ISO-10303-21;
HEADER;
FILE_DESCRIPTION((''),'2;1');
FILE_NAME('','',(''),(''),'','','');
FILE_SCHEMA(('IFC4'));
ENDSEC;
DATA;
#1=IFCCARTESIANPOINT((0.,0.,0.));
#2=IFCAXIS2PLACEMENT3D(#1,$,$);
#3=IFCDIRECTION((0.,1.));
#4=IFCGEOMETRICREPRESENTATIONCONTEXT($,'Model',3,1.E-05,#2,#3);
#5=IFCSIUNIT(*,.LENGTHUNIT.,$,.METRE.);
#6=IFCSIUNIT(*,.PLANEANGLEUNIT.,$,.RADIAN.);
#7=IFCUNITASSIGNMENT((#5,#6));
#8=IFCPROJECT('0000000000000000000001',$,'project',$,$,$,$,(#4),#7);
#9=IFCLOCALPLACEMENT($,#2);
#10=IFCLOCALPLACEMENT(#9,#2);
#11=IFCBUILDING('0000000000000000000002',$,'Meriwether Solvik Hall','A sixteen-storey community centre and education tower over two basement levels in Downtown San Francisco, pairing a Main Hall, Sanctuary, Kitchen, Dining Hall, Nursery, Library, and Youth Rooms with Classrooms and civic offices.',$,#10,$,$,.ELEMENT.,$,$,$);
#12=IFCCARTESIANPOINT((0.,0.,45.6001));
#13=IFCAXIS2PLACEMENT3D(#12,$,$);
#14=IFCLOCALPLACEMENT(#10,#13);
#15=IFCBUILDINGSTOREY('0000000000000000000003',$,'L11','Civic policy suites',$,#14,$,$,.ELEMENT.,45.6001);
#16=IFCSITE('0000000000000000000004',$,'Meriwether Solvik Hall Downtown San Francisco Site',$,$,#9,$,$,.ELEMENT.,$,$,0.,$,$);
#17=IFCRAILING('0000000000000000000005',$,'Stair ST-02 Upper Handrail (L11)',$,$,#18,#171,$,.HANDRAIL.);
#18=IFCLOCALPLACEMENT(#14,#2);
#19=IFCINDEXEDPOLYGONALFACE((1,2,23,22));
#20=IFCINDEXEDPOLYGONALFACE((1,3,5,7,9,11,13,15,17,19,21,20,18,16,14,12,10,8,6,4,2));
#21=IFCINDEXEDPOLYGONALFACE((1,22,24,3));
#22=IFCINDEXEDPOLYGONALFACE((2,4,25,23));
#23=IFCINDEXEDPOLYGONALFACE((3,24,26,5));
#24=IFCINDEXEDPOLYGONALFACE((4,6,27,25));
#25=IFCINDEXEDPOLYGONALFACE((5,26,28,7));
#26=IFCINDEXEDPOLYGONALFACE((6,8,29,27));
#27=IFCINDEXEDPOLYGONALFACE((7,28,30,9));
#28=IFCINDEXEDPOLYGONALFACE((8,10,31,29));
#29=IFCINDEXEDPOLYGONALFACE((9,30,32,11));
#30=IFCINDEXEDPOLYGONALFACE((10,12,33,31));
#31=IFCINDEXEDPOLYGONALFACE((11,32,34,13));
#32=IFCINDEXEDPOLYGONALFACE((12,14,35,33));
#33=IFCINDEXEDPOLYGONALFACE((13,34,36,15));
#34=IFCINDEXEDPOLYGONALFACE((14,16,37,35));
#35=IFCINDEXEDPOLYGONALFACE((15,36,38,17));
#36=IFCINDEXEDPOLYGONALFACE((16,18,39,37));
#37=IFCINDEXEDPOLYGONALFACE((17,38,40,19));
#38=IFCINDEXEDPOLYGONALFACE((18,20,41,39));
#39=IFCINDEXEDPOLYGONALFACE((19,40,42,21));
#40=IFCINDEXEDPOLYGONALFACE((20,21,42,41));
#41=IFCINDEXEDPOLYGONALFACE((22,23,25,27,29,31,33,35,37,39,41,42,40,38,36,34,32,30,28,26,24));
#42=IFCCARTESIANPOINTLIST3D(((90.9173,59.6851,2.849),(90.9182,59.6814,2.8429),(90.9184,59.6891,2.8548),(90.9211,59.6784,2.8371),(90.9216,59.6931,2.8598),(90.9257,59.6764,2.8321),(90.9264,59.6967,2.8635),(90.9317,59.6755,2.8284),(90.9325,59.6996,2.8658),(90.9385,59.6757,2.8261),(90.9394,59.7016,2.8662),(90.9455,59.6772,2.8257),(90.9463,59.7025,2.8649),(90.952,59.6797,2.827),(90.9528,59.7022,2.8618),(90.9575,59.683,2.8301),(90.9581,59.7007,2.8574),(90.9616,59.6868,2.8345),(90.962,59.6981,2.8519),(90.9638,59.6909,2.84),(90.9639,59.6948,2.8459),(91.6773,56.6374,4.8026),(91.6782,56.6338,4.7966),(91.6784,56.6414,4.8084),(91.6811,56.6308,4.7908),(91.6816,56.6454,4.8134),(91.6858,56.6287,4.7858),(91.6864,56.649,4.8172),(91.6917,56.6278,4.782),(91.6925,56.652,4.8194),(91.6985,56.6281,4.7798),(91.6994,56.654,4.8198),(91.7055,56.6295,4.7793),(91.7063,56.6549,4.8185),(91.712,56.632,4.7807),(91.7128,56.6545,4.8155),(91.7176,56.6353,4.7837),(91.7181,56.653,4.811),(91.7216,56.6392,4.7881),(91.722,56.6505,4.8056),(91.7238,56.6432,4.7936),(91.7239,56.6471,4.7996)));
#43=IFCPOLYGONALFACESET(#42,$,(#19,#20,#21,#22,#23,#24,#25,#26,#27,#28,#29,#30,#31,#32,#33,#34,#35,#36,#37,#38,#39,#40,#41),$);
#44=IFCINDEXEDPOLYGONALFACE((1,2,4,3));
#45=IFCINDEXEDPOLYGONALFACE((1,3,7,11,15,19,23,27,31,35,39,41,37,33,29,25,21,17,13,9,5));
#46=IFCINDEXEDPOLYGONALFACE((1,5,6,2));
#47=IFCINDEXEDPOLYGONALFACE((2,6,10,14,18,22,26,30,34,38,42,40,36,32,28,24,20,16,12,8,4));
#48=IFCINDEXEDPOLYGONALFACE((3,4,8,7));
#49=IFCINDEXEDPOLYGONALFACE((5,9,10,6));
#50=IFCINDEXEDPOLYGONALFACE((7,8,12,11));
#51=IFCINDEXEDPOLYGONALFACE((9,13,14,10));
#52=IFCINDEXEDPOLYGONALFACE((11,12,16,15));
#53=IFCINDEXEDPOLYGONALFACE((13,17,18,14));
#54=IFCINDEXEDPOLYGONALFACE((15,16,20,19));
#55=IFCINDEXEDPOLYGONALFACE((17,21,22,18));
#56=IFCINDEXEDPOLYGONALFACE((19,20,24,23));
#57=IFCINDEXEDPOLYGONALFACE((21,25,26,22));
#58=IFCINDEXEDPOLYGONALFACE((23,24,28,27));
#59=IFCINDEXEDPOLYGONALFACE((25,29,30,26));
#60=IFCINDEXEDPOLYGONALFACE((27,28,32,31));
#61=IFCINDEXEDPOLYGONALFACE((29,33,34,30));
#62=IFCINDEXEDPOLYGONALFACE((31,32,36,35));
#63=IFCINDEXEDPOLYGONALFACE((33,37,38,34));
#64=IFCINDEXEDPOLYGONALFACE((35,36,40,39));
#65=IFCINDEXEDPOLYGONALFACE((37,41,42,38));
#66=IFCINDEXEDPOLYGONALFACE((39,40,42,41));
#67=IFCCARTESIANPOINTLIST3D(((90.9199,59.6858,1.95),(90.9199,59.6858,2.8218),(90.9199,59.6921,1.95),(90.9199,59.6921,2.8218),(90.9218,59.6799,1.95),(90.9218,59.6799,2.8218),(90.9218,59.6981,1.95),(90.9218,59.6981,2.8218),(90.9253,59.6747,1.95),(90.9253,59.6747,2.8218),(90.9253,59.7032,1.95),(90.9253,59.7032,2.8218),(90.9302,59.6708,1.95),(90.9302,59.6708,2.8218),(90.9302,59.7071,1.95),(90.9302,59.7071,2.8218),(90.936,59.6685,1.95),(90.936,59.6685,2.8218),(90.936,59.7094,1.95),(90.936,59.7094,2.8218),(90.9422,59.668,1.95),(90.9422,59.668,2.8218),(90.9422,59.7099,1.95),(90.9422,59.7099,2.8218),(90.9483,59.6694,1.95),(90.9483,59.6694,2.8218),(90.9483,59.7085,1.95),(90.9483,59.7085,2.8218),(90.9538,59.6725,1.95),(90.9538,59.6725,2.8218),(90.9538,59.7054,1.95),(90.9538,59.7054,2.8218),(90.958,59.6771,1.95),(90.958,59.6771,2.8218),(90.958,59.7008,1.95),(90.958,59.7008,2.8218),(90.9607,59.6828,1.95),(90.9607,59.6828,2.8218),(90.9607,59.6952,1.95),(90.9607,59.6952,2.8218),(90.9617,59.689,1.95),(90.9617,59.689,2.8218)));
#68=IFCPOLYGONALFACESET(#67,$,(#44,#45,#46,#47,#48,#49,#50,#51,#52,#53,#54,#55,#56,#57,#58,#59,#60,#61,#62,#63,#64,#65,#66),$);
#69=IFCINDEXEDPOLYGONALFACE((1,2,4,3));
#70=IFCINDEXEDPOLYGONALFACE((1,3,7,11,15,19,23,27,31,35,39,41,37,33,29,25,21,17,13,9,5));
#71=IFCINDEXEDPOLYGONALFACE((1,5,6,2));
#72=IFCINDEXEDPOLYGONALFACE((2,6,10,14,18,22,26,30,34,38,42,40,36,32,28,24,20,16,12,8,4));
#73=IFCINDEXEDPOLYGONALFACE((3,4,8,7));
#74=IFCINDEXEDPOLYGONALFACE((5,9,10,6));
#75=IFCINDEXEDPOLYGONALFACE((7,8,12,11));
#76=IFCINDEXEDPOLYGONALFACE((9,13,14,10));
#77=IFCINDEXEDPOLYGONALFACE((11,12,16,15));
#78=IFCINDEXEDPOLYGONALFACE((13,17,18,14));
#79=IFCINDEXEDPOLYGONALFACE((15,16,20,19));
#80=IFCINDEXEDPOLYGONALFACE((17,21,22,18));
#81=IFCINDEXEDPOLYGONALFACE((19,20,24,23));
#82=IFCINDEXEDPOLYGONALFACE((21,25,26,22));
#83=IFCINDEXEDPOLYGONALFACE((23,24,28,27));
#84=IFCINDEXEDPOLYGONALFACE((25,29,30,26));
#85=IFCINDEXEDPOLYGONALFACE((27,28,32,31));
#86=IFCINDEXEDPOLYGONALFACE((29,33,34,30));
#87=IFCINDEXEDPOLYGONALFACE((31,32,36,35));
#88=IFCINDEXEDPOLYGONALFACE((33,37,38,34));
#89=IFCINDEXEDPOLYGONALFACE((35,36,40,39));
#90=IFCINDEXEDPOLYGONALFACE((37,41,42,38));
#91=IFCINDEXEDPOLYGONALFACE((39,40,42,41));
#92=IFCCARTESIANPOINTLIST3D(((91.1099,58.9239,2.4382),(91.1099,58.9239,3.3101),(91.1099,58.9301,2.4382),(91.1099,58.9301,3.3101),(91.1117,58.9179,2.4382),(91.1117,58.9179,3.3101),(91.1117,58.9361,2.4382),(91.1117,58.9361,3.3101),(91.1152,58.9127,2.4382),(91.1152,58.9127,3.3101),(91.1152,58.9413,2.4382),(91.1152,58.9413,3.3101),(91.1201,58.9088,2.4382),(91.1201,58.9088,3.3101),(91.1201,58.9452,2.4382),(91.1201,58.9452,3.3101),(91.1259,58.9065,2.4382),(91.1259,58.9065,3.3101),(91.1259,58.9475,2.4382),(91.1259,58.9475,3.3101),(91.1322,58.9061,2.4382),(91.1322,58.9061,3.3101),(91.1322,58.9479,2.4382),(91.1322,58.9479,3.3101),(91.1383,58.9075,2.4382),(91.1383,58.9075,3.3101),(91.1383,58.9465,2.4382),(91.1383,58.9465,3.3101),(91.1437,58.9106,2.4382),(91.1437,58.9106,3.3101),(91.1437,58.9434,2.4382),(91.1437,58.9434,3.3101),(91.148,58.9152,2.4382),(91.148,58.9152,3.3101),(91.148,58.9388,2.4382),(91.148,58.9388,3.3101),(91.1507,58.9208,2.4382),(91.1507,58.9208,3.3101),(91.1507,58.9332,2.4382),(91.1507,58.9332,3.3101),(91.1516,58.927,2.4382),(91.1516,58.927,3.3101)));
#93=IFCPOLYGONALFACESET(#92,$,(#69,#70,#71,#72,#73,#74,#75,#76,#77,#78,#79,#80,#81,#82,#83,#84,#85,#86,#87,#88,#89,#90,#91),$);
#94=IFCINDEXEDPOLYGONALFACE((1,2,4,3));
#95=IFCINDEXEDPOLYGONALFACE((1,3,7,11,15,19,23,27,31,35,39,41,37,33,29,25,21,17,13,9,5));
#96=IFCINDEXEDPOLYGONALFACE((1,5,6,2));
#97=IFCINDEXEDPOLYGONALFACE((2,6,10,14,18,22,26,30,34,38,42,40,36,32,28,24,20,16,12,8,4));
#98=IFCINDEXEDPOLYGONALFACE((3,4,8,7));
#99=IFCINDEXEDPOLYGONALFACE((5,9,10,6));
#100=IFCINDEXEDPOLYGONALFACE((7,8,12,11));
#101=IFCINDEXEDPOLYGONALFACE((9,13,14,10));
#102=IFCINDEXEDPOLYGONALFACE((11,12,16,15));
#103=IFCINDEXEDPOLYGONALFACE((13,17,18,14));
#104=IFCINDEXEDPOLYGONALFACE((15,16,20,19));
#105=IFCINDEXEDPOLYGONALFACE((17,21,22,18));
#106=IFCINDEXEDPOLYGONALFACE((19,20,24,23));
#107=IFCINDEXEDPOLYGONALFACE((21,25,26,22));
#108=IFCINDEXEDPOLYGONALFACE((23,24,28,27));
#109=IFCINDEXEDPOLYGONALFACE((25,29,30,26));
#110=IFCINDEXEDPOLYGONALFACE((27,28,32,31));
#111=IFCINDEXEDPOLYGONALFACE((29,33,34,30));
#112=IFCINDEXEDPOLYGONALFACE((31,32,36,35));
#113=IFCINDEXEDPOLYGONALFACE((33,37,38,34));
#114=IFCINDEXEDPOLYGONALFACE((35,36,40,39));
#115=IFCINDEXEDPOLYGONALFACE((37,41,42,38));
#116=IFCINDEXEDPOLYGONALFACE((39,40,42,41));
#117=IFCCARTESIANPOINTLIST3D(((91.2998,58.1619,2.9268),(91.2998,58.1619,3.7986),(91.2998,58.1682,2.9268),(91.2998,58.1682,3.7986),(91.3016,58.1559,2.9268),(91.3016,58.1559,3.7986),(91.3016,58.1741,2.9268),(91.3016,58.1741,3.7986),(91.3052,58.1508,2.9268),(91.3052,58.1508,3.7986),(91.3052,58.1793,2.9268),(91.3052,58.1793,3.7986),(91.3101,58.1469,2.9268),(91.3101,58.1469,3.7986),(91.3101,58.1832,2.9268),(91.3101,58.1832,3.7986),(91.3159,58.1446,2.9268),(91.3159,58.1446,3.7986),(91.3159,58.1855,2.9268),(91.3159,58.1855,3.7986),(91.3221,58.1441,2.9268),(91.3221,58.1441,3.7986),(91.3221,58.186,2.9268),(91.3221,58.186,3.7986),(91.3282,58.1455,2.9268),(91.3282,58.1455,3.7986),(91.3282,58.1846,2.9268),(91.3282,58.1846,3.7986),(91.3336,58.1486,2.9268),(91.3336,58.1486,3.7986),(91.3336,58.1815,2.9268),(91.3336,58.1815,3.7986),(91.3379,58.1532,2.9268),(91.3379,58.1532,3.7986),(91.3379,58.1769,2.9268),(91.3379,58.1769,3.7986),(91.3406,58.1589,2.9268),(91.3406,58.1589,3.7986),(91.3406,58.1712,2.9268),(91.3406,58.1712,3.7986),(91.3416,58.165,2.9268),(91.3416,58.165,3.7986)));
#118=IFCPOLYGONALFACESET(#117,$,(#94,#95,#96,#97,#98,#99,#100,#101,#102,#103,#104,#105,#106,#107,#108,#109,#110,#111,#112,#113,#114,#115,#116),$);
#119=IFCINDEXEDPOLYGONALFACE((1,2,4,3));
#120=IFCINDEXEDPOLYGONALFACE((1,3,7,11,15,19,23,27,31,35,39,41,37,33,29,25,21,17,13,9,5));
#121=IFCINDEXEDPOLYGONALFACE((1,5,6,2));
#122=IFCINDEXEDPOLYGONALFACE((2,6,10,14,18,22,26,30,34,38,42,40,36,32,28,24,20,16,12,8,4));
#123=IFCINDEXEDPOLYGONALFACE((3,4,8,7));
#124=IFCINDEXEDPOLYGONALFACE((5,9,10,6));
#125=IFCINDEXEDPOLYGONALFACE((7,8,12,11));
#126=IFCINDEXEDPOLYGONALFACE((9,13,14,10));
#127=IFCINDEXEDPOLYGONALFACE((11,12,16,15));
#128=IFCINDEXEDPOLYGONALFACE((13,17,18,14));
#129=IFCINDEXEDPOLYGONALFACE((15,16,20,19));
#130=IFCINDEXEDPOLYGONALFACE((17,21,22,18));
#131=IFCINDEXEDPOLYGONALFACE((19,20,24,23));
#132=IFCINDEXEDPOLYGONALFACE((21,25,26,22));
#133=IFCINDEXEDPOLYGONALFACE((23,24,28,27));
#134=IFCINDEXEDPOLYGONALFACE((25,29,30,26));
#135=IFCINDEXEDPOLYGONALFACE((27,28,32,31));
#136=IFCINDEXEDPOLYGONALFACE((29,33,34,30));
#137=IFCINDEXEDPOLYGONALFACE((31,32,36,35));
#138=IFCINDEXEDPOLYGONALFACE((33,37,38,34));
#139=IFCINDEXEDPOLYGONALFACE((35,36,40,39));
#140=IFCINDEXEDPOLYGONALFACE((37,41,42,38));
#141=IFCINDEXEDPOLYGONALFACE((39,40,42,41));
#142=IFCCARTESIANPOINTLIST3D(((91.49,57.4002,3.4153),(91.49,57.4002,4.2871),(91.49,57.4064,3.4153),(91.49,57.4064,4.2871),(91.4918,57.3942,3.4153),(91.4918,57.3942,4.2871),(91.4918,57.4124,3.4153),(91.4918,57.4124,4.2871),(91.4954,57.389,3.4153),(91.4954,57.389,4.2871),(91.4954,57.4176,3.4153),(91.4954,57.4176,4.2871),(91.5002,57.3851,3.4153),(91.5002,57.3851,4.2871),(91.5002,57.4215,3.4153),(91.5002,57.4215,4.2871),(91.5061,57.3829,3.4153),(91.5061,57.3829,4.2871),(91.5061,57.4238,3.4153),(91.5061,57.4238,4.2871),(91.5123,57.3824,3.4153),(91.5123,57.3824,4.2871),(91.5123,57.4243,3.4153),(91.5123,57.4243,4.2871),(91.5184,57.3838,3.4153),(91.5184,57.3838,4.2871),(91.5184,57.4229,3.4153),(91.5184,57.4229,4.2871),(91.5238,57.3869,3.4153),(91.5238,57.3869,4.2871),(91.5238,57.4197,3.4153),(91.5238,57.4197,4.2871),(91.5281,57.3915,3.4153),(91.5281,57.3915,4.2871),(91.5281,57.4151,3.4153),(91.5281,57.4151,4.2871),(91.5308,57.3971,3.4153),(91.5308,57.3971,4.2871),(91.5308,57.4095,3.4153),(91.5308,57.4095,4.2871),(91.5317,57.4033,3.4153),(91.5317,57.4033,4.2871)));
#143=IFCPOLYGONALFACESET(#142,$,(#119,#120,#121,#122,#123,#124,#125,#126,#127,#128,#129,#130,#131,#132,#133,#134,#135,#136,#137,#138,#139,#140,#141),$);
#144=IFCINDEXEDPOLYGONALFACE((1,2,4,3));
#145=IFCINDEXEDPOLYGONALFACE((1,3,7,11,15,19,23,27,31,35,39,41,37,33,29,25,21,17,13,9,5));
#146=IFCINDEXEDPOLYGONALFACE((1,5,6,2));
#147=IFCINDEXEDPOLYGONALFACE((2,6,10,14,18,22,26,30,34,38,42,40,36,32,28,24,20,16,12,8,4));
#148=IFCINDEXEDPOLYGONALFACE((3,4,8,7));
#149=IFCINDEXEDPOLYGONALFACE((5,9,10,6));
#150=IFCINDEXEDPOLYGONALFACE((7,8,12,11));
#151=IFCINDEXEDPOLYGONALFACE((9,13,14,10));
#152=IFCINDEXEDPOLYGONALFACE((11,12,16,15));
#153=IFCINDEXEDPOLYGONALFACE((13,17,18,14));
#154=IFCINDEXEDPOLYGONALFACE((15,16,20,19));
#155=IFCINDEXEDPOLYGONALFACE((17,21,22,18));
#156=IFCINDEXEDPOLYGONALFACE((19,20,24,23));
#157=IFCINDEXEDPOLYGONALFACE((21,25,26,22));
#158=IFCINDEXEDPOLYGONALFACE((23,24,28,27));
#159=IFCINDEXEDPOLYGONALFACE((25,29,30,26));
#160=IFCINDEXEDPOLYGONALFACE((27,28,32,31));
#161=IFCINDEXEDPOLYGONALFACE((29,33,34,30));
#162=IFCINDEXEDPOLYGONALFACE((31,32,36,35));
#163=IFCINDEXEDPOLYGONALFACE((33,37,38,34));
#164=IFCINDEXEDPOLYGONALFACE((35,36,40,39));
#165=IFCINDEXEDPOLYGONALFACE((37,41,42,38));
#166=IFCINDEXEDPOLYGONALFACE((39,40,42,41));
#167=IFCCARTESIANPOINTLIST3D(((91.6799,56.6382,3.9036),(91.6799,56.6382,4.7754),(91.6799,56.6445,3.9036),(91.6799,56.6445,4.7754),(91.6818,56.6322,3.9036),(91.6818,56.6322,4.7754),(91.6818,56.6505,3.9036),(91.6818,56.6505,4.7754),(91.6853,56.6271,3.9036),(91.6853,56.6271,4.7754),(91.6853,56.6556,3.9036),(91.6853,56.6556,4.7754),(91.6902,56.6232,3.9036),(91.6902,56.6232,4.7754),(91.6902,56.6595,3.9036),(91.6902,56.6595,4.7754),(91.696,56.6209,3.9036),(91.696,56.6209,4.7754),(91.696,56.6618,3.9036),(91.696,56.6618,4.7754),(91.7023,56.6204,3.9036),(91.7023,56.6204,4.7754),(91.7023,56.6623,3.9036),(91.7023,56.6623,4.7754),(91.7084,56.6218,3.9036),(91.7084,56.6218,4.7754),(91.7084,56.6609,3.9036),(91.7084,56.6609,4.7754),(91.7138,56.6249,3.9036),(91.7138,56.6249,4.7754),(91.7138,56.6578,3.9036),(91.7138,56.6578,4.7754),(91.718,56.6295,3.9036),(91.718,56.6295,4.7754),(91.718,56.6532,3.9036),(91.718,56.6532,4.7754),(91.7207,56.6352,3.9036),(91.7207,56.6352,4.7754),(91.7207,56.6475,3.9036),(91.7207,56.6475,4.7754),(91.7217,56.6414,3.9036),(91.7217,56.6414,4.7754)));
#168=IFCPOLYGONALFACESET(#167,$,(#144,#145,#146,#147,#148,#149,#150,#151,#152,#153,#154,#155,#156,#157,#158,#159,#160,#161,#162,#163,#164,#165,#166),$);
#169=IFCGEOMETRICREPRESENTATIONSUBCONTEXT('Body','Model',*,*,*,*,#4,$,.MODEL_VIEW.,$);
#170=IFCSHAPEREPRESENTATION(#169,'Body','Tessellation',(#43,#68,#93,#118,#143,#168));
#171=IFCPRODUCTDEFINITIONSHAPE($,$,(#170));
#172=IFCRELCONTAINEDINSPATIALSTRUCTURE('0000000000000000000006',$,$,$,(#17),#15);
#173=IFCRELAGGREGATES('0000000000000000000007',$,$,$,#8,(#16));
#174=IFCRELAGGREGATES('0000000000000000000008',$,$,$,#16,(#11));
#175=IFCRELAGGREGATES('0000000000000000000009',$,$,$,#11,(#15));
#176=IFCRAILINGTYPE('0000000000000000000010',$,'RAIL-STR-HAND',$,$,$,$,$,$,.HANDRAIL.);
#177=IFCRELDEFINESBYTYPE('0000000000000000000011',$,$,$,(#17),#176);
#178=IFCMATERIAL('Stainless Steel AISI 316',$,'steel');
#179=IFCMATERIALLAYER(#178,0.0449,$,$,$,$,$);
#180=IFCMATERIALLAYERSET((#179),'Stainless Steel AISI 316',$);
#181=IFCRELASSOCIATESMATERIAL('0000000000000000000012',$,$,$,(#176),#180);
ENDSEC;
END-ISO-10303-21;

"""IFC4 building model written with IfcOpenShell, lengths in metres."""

from ifc_helpers import new_model, si_unit, direction, frame, origin, origin_2d, place, context, subcontext, project, spatial, circle, extrude, material, layer, layer_set, type_object, element, save


model = new_model("IFC4")

# Units and contexts
model_context = context("Model", 3, precision=1e-05, world=origin(), true_north=direction((0.0, 1.0)))
body_context = subcontext(model_context, "Body", "Model", "MODEL_VIEW")
ifc_project = project(units=[si_unit("LENGTHUNIT", "METRE"), si_unit("PLANEANGLEUNIT", "RADIAN")], contexts=[model_context])

# Site, building, storey
site_placement = place(None, origin())
site = spatial("IfcSite", under=ifc_project, at=site_placement, Name="Meriwether Solvik Hall Downtown San Francisco Site", CompositionType="ELEMENT", RefElevation=0.0)
building_placement = place(site_placement, origin())
building = spatial("IfcBuilding", under=site, at=building_placement, Name="Meriwether Solvik Hall", Description="A sixteen-storey community centre and education tower over two basement levels in Downtown San Francisco, pairing a Main Hall, Sanctuary, Kitchen, Dining Hall, Nursery, Library, and Youth Rooms with Classrooms and civic offices.", CompositionType="ELEMENT")
storey_placement = place(building_placement, frame((0.0, 0.0, 45.6001)))
storey = spatial("IfcBuildingStorey", under=building, at=storey_placement, Name="L11", Description="Civic policy suites", CompositionType="ELEMENT", Elevation=45.6001)

# Railing
ifc_material_1 = material(Name="Stainless Steel AISI 316", Category="steel")
ifc_layer_1 = layer(ifc_material_1, 0.0449)
ifc_layer_set_1 = layer_set([ifc_layer_1], Name="Stainless Steel AISI 316")
railing_type_1 = type_object("IfcRailingType", Name="RAIL-STR-HAND", PredefinedType="HANDRAIL", material=ifc_layer_set_1)
railing_1_placement = place(storey_placement, frame((90.9407, 59.689, 1.95)))
element("IfcRailing", 1, at=railing_1_placement, inside=storey, type_object=railing_type_1, Name="Stair ST-02 Upper Handrail (L11)", PredefinedType="HANDRAIL", context=body_context, shape_type="SweptSolid", body=[
    extrude(circle(Radius=0.0239, at=origin_2d()), frame((0.0, 0.0, 0.896), z_axis=(0.205467, -0.823915, 0.528155), x_axis=(0.970284, 0.241969, 0.0)), (0.0, 0.0, 1.0), 3.699),
    extrude(circle(Radius=0.021, at=origin_2d()), origin(), (0.0, 0.0, 1.0), 0.8718),
    extrude(circle(Radius=0.021, at=origin_2d()), frame((0.1899, -0.762, 0.4883)), (0.0, 0.0, 1.0), 0.8718),
    extrude(circle(Radius=0.021, at=origin_2d()), frame((0.3799, -1.5239, 0.9768)), (0.0, 0.0, 1.0), 0.8718),
    extrude(circle(Radius=0.021, at=origin_2d()), frame((0.5701, -2.2856, 1.4653)), (0.0, 0.0, 1.0), 0.8718),
    extrude(circle(Radius=0.021, at=origin_2d()), frame((0.76, -3.0476, 1.9536)), (0.0, 0.0, 1.0), 0.8718),
])

save(model, "model.ifc")
